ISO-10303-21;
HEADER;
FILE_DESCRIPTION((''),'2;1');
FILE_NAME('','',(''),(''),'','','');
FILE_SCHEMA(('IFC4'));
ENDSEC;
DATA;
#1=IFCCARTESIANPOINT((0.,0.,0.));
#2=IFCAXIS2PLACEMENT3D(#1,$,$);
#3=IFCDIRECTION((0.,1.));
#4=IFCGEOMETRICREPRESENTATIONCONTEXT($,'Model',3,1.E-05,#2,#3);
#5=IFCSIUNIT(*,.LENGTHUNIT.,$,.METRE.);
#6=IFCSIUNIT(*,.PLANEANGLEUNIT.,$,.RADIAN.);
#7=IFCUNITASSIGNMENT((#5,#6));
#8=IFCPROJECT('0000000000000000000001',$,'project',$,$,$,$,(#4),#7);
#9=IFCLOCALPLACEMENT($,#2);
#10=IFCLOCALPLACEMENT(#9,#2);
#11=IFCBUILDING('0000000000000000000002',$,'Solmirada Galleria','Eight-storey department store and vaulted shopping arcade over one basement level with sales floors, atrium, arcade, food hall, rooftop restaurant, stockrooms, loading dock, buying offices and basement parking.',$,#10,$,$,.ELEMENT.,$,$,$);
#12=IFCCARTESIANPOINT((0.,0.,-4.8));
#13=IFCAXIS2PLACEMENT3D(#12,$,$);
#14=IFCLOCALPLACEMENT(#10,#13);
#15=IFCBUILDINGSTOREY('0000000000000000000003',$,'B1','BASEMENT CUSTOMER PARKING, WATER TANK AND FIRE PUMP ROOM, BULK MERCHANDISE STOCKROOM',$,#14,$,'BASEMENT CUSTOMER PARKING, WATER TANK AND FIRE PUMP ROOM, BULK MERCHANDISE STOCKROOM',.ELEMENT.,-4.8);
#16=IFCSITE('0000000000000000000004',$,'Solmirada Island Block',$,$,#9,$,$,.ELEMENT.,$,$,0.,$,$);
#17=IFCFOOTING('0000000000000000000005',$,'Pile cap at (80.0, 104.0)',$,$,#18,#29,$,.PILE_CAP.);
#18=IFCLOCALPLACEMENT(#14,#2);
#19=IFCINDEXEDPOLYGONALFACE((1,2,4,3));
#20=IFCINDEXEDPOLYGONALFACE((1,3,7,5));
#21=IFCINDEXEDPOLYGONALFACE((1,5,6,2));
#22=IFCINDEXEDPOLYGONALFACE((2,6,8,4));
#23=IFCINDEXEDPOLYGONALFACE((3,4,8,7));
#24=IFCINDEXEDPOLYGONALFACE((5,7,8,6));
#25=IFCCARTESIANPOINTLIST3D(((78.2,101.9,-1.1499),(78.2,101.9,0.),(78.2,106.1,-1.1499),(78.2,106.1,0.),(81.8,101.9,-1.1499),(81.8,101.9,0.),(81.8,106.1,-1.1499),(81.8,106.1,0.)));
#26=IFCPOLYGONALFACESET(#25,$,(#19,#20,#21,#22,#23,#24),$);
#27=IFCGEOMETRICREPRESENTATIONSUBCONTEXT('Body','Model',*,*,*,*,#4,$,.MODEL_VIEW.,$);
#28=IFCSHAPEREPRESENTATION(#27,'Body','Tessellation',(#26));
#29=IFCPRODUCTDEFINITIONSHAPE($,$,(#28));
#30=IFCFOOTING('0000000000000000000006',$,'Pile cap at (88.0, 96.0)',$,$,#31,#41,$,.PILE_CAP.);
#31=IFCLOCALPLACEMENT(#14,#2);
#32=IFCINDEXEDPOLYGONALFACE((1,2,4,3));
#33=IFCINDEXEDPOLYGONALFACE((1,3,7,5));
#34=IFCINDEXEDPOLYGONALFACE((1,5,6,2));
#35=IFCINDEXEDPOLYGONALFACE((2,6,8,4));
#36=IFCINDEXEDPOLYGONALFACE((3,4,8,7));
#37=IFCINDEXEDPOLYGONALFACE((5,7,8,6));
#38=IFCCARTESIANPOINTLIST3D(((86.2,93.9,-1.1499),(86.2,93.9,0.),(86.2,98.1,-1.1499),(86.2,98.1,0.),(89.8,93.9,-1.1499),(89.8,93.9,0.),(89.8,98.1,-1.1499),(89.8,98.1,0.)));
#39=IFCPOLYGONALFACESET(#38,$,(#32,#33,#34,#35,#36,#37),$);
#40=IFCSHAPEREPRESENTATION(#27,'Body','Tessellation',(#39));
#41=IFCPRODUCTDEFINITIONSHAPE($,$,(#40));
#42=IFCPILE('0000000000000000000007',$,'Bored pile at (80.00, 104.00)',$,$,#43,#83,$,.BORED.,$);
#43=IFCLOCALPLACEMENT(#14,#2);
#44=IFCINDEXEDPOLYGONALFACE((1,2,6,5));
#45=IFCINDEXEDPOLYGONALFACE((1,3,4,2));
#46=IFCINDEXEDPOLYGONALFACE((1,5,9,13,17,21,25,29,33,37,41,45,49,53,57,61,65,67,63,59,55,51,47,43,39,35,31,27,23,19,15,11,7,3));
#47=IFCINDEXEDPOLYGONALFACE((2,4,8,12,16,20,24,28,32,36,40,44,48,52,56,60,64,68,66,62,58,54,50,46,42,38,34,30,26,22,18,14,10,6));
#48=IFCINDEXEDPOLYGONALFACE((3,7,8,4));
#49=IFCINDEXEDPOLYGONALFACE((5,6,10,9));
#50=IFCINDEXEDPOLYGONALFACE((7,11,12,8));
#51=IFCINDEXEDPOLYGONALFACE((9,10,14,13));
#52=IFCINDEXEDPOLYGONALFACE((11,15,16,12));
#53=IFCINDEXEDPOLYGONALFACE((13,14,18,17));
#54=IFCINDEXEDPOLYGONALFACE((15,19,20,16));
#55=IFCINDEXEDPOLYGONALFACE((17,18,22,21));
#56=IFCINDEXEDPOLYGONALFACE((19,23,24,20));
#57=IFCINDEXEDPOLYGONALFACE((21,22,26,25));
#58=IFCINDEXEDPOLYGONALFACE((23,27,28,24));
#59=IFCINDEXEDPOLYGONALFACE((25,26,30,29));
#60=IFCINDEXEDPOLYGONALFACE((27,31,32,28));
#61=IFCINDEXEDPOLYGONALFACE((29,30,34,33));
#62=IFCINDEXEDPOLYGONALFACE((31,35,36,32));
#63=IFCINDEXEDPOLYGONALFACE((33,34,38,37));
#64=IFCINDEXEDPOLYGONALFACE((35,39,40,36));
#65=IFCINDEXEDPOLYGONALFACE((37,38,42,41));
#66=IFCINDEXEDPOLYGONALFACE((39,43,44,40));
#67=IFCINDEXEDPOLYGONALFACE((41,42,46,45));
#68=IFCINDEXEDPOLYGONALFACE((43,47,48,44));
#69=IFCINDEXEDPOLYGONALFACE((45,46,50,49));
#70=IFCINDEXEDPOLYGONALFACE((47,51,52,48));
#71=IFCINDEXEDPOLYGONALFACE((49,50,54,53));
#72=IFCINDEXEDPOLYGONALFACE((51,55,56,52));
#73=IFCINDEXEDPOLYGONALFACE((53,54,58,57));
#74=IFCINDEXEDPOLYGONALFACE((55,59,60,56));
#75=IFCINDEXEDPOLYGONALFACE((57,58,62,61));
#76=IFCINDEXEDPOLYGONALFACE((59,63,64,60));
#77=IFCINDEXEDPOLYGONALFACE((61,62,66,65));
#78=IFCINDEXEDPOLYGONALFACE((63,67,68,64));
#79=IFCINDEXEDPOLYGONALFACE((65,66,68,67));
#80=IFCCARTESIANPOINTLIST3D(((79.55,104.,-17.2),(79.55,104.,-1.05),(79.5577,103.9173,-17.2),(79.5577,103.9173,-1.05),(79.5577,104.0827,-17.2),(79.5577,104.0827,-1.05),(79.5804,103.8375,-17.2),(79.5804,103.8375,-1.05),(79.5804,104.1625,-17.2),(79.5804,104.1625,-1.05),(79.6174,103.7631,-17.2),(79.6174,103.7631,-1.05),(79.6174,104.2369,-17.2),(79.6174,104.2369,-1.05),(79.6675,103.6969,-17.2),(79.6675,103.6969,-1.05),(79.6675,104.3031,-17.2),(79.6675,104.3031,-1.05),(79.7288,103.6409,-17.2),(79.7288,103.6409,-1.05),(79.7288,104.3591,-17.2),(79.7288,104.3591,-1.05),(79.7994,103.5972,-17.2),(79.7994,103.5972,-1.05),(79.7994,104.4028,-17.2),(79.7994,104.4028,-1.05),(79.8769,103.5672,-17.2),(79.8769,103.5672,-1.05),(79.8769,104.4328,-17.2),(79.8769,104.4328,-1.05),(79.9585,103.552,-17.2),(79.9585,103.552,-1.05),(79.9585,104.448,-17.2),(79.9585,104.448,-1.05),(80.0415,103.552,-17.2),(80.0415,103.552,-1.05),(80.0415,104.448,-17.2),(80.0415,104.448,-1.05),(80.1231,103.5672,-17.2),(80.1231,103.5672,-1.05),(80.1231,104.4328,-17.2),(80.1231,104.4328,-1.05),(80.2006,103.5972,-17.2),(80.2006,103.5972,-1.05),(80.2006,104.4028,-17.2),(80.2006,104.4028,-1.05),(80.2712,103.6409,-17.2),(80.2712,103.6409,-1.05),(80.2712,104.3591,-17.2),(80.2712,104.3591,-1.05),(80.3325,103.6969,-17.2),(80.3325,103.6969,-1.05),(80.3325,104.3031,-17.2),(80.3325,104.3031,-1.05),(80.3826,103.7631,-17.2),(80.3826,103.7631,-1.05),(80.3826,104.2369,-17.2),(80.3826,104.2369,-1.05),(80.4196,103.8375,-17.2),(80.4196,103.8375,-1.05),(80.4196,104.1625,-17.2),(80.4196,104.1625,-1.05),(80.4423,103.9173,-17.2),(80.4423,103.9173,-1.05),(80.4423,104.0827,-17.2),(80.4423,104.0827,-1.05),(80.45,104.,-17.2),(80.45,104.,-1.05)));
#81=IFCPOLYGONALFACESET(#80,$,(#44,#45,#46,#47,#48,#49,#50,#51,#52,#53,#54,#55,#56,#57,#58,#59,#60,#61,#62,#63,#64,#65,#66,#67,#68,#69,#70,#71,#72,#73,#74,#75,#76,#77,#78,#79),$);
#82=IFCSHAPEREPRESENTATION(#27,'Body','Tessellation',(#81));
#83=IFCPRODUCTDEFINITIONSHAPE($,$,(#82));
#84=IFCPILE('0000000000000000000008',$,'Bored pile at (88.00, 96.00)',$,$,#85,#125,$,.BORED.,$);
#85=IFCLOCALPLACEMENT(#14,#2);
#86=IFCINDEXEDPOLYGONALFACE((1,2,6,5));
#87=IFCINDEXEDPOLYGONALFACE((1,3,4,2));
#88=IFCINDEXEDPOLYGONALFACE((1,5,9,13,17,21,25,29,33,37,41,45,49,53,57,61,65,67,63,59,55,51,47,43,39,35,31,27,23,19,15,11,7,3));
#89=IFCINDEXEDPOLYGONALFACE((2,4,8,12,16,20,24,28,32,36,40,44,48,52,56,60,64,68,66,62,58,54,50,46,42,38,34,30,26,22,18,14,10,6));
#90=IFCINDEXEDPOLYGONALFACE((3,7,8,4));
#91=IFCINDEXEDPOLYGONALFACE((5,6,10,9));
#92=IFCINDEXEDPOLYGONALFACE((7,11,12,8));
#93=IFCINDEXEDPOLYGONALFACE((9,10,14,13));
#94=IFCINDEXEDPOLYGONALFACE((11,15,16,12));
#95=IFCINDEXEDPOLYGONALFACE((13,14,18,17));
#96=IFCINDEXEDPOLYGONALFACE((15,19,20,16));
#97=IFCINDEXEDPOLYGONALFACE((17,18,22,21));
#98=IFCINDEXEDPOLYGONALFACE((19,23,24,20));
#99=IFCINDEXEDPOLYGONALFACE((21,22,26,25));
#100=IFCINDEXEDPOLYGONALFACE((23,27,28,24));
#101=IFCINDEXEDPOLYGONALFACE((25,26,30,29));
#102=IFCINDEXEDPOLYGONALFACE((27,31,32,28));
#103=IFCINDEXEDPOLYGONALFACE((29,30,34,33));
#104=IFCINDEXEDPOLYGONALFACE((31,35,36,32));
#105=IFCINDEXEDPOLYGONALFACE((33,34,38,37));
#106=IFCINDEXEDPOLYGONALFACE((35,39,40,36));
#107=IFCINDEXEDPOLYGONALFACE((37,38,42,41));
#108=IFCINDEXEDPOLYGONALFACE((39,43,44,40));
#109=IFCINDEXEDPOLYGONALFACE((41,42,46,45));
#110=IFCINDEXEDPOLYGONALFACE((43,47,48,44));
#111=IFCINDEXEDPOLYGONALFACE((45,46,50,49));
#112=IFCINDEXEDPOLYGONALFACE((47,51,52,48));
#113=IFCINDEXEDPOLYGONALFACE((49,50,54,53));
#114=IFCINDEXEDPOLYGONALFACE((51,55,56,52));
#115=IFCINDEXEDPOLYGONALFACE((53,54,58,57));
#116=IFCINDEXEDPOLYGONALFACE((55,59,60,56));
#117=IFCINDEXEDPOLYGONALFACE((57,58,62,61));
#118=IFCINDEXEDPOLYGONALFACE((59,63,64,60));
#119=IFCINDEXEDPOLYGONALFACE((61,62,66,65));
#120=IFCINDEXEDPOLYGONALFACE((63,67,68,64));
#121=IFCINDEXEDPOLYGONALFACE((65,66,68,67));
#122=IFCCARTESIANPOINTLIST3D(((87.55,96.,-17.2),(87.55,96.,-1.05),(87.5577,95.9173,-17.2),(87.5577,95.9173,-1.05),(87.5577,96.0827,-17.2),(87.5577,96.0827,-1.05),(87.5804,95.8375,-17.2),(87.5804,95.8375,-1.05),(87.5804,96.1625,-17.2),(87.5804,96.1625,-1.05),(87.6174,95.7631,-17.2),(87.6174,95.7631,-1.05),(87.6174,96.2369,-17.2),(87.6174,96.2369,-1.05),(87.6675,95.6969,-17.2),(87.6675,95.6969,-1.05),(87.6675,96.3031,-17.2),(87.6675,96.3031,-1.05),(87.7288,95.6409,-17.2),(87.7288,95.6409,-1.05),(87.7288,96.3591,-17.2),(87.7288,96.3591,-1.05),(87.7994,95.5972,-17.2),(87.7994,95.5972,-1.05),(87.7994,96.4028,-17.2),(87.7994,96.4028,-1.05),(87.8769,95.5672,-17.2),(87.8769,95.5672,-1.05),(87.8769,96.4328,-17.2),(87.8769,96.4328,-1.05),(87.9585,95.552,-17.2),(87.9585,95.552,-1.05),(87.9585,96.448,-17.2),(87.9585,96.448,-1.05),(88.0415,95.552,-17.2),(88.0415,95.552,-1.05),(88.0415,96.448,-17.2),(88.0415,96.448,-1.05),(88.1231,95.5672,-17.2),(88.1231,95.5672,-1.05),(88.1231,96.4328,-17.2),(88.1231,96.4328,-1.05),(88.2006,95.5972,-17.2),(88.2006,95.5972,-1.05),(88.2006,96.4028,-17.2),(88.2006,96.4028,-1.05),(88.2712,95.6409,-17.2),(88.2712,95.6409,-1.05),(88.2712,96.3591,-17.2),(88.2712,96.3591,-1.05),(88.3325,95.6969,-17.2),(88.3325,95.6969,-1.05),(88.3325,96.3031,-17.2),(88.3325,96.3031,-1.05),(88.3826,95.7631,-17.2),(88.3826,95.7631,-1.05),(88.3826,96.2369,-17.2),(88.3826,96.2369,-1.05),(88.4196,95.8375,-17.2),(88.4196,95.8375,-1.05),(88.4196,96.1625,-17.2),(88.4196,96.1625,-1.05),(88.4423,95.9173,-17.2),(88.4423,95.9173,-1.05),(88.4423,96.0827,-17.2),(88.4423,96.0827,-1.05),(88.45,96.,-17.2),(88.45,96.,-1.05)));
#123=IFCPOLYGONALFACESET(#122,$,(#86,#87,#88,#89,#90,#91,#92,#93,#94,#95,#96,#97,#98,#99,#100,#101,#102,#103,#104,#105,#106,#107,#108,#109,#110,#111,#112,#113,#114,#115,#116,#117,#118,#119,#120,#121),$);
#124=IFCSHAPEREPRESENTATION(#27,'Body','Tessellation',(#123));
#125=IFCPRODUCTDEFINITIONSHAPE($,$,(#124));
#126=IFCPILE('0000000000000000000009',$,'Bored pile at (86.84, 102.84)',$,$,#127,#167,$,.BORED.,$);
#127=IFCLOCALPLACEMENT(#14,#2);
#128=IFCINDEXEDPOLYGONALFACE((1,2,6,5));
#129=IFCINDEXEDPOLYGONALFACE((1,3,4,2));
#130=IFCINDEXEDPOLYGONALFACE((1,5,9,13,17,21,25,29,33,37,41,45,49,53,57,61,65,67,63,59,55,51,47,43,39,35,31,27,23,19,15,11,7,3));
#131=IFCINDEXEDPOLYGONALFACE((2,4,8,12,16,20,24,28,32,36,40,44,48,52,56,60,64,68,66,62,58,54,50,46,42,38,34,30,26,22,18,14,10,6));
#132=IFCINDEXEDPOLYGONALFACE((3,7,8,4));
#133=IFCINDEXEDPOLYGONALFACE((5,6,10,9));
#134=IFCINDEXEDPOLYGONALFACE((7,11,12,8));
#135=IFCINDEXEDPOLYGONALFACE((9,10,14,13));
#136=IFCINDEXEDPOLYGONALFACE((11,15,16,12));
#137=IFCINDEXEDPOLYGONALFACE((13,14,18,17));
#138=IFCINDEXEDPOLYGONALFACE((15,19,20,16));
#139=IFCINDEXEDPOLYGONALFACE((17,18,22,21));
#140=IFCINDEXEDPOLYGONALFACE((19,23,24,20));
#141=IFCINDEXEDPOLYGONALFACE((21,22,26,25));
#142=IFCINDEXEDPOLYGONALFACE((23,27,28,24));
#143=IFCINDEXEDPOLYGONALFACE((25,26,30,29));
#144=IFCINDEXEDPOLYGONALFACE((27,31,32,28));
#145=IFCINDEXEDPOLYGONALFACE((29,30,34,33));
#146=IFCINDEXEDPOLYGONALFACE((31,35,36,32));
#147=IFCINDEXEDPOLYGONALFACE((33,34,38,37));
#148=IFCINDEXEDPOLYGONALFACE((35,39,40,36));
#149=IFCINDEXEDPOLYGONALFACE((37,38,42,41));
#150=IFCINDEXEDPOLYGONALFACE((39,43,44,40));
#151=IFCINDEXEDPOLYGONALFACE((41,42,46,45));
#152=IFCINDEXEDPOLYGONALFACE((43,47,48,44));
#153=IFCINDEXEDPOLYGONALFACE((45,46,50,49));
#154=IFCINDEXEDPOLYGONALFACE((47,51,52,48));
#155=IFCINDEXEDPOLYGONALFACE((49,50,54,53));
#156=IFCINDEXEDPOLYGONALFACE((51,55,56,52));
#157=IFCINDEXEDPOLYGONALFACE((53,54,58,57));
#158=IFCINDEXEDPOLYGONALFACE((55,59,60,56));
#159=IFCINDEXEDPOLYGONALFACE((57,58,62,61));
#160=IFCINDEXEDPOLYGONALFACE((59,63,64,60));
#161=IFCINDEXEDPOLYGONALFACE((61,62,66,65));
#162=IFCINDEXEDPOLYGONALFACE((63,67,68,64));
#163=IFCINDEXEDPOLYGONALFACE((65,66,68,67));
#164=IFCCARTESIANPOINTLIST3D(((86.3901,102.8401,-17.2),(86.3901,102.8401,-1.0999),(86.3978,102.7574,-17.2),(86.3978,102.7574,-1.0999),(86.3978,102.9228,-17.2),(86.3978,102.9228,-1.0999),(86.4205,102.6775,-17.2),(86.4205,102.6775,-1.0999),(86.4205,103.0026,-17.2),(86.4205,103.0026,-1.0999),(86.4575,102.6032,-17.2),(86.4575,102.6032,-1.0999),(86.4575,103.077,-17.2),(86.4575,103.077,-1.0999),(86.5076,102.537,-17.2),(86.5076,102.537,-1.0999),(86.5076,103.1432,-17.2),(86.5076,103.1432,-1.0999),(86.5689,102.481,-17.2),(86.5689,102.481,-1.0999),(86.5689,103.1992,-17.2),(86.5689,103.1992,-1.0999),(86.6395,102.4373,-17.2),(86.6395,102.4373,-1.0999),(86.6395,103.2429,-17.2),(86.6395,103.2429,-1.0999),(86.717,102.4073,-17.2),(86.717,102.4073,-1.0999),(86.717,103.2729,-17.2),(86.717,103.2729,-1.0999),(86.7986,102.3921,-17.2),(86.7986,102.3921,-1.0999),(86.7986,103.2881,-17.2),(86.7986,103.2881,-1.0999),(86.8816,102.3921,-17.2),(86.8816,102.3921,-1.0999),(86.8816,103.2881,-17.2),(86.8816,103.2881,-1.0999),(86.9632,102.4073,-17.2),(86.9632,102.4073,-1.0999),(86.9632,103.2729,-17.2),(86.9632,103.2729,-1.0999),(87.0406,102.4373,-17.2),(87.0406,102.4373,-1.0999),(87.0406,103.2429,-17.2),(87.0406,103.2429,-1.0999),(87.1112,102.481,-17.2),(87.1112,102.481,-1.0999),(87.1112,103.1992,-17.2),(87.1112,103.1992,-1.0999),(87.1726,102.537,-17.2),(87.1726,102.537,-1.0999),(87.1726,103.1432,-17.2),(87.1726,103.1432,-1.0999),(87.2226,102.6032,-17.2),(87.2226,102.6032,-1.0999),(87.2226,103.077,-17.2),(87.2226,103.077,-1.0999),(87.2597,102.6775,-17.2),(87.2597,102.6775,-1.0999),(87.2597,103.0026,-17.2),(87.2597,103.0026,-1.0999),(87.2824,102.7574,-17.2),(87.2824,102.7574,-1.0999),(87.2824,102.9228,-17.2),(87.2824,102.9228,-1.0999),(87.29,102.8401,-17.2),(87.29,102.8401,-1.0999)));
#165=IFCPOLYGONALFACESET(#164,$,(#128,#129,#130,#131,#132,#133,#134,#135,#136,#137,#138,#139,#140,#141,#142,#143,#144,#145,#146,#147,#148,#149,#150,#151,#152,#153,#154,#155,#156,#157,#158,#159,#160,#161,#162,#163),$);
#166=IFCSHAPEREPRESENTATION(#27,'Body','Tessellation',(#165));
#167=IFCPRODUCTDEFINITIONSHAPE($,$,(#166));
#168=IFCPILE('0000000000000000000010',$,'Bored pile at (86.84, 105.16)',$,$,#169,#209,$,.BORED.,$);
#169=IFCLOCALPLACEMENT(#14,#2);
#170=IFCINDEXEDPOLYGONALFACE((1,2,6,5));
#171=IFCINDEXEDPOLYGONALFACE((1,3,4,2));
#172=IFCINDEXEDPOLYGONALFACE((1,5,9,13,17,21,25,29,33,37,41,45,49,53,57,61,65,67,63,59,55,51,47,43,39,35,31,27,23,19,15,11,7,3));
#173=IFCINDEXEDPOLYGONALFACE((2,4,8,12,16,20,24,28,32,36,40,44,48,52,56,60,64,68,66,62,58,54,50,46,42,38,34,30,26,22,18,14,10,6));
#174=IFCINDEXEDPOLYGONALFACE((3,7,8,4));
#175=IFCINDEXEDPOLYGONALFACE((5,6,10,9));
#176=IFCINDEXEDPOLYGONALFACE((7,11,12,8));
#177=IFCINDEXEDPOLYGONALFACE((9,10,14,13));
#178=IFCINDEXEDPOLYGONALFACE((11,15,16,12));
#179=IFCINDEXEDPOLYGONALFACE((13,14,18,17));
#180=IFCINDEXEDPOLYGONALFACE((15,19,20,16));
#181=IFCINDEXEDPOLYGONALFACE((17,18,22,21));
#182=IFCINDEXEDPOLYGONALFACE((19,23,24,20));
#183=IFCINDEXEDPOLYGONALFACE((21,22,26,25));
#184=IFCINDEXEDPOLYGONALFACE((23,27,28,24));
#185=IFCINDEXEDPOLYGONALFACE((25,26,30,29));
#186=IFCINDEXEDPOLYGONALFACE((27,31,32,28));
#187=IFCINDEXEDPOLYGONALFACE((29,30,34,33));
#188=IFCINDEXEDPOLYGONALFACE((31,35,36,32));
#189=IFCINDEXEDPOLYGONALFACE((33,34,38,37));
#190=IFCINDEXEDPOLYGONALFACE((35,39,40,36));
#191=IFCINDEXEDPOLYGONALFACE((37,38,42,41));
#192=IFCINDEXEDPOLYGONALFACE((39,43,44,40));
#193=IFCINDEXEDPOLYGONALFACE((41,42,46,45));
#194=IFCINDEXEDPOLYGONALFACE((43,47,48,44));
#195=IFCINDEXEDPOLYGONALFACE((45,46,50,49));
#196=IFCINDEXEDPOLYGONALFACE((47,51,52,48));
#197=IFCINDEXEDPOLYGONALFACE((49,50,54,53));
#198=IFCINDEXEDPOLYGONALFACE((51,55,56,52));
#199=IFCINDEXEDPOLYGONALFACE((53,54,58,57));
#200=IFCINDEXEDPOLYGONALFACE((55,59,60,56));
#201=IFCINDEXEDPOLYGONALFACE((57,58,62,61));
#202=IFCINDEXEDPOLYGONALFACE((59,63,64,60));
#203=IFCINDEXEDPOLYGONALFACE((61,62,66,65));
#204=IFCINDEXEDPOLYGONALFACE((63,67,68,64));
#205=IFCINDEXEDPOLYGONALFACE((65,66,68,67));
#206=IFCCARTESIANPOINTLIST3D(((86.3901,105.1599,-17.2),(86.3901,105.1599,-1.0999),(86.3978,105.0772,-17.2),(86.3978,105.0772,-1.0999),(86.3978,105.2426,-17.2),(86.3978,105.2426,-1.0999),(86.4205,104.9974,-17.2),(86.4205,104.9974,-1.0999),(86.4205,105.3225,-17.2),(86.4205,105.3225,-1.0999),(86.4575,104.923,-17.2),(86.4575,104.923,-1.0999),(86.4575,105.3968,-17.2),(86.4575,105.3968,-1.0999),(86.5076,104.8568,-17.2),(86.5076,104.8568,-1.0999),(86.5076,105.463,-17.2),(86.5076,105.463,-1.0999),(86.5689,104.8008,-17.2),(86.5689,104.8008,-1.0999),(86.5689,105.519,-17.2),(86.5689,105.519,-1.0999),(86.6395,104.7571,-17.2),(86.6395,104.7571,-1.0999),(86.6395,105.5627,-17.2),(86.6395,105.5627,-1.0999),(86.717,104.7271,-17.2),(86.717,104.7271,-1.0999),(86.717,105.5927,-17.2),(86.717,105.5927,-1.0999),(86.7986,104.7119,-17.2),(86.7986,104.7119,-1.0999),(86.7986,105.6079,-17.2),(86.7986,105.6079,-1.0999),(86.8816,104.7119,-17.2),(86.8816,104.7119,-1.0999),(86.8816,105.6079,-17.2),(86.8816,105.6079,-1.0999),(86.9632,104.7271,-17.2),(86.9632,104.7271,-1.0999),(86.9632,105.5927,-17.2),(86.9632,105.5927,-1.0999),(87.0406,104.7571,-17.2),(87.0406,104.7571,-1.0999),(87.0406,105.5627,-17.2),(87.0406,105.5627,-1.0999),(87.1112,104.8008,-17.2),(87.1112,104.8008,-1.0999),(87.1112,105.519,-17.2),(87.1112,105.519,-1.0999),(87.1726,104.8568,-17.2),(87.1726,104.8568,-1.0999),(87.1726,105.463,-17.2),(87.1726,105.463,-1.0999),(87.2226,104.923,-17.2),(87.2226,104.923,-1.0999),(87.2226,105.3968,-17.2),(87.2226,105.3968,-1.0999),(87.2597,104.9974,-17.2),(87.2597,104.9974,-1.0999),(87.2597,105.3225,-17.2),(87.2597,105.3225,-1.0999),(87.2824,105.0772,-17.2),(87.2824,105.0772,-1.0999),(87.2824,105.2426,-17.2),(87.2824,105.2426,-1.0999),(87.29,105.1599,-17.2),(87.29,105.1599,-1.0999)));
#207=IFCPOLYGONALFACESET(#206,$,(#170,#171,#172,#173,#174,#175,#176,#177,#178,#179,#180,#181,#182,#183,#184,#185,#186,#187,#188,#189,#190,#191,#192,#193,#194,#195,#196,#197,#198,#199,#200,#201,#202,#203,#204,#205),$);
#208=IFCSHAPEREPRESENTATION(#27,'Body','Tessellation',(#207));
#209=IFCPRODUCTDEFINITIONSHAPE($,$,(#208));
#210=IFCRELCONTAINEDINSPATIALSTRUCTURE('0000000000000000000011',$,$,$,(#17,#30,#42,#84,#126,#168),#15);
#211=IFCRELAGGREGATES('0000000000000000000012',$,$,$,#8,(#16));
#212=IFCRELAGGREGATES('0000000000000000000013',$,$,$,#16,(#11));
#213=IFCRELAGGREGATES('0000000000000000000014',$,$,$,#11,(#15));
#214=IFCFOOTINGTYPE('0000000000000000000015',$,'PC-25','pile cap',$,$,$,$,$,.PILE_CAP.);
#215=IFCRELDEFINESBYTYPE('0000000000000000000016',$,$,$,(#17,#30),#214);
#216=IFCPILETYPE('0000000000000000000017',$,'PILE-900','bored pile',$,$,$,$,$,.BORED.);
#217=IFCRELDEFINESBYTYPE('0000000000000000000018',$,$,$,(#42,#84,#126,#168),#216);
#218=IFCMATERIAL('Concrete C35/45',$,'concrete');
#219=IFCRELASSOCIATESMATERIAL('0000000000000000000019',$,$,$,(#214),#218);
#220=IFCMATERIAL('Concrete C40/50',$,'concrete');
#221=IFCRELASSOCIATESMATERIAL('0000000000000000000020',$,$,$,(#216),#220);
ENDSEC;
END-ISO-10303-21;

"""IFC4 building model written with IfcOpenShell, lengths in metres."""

from ifc_helpers import new_model, si_unit, direction, frame, origin, origin_2d, place, context, subcontext, project, spatial, rectangle, circle, extrude, material, material_profile, profile_set, type_object, element, save


model = new_model("IFC4")

# Units and contexts
model_context = context("Model", 3, precision=1e-05, world=origin(), true_north=direction((0.0, 1.0)))
body_context = subcontext(model_context, "Body", "Model", "MODEL_VIEW")
ifc_project = project(units=[si_unit("LENGTHUNIT", "METRE"), si_unit("PLANEANGLEUNIT", "RADIAN")], contexts=[model_context])

# Site, building, storey
site_placement = place(None, origin())
site = spatial("IfcSite", under=ifc_project, at=site_placement, Name="Solmirada Island Block", CompositionType="ELEMENT", RefElevation=0.0)
building_placement = place(site_placement, origin())
building = spatial("IfcBuilding", under=site, at=building_placement, Name="Solmirada Galleria", Description="Eight-storey department store and vaulted shopping arcade over one basement level with sales floors, atrium, arcade, food hall, rooftop restaurant, stockrooms, loading dock, buying offices and basement parking.", CompositionType="ELEMENT")
storey_placement = place(building_placement, frame((0.0, 0.0, -4.8)))
storey = spatial("IfcBuildingStorey", under=building, at=storey_placement, Name="B1", Description="BASEMENT CUSTOMER PARKING, WATER TANK AND FIRE PUMP ROOM, BULK MERCHANDISE STOCKROOM", LongName="BASEMENT CUSTOMER PARKING, WATER TANK AND FIRE PUMP ROOM, BULK MERCHANDISE STOCKROOM", CompositionType="ELEMENT", Elevation=-4.8)

# Footings
ifc_material_1 = material(Name="Concrete C35/45", Category="concrete")
footing_type_1 = type_object("IfcFootingType", Name="PC-25", Description="pile cap", PredefinedType="PILE_CAP", material=ifc_material_1)
for number, where, z_axis, x_axis, name in (
    (1, (80.0, 104.0, -1.1499), (0.0, 0.0, 1.0), (1.0, 0.0, 0.0), "Pile cap at (80.0, 104.0)"),
    (2, (88.0, 96.0, -1.1499), (0.0, 0.0, 1.0), (1.0, 0.0, 0.0), "Pile cap at (88.0, 96.0)"),
):
    element("IfcFooting", number, at=place(storey_placement, frame(where, z_axis=z_axis, x_axis=x_axis)), inside=storey, type_object=footing_type_1, Name=name, PredefinedType="PILE_CAP", context=body_context, shape_type="SweptSolid", body=[
        extrude(rectangle(XDim=3.6001, YDim=4.2, at=origin_2d()), origin(), (0.0, 0.0, 1.0), 1.1499),
    ])

# Piles
ifc_material_2 = material(Name="Concrete C40/50", Category="concrete")
ifc_material_profile_1 = material_profile(ifc_material_2, circle(Radius=0.45, at=origin_2d()), Name="PILE900")
ifc_profile_set_1 = profile_set([ifc_material_profile_1], Name="Concrete C40/50")
pile_type = type_object("IfcPileType", Name="PILE-900", Description="bored pile", PredefinedType="BORED", material=ifc_profile_set_1)
for number, where, z_axis, x_axis, name in (
    (3, (80.0, 104.0, -1.05), (0.0, 0.0, -1.0), (1.0, 0.0, 0.0), "Bored pile at (80.00, 104.00)"),
    (4, (88.0, 96.0, -1.05), (0.0, 0.0, -1.0), (1.0, 0.0, 0.0), "Bored pile at (88.00, 96.00)"),
):
    element("IfcPile", number, at=place(storey_placement, frame(where, z_axis=z_axis, x_axis=x_axis)), inside=storey, type_object=pile_type, Name=name, PredefinedType="BORED", context=body_context, shape_type="SweptSolid", body=[
        extrude(circle(Radius=0.45, at=origin_2d()), origin(), (0.0, 0.0, 1.0), 16.1499),
    ])
for number, where, z_axis, x_axis, name in (
    (5, (86.8401, 102.8401, -1.0999), (0.0, 0.0, -1.0), (1.0, 0.0, 0.0), "Bored pile at (86.84, 102.84)"),
    (6, (86.8401, 105.1599, -1.0999), (0.0, 0.0, -1.0), (1.0, 0.0, 0.0), "Bored pile at (86.84, 105.16)"),
):
    element("IfcPile", number, at=place(storey_placement, frame(where, z_axis=z_axis, x_axis=x_axis)), inside=storey, type_object=pile_type, Name=name, PredefinedType="BORED", context=body_context, shape_type="SweptSolid", body=[
        extrude(circle(Radius=0.45, at=origin_2d()), origin(), (0.0, 0.0, 1.0), 16.1001),
    ])

save(model, "model.ifc")
